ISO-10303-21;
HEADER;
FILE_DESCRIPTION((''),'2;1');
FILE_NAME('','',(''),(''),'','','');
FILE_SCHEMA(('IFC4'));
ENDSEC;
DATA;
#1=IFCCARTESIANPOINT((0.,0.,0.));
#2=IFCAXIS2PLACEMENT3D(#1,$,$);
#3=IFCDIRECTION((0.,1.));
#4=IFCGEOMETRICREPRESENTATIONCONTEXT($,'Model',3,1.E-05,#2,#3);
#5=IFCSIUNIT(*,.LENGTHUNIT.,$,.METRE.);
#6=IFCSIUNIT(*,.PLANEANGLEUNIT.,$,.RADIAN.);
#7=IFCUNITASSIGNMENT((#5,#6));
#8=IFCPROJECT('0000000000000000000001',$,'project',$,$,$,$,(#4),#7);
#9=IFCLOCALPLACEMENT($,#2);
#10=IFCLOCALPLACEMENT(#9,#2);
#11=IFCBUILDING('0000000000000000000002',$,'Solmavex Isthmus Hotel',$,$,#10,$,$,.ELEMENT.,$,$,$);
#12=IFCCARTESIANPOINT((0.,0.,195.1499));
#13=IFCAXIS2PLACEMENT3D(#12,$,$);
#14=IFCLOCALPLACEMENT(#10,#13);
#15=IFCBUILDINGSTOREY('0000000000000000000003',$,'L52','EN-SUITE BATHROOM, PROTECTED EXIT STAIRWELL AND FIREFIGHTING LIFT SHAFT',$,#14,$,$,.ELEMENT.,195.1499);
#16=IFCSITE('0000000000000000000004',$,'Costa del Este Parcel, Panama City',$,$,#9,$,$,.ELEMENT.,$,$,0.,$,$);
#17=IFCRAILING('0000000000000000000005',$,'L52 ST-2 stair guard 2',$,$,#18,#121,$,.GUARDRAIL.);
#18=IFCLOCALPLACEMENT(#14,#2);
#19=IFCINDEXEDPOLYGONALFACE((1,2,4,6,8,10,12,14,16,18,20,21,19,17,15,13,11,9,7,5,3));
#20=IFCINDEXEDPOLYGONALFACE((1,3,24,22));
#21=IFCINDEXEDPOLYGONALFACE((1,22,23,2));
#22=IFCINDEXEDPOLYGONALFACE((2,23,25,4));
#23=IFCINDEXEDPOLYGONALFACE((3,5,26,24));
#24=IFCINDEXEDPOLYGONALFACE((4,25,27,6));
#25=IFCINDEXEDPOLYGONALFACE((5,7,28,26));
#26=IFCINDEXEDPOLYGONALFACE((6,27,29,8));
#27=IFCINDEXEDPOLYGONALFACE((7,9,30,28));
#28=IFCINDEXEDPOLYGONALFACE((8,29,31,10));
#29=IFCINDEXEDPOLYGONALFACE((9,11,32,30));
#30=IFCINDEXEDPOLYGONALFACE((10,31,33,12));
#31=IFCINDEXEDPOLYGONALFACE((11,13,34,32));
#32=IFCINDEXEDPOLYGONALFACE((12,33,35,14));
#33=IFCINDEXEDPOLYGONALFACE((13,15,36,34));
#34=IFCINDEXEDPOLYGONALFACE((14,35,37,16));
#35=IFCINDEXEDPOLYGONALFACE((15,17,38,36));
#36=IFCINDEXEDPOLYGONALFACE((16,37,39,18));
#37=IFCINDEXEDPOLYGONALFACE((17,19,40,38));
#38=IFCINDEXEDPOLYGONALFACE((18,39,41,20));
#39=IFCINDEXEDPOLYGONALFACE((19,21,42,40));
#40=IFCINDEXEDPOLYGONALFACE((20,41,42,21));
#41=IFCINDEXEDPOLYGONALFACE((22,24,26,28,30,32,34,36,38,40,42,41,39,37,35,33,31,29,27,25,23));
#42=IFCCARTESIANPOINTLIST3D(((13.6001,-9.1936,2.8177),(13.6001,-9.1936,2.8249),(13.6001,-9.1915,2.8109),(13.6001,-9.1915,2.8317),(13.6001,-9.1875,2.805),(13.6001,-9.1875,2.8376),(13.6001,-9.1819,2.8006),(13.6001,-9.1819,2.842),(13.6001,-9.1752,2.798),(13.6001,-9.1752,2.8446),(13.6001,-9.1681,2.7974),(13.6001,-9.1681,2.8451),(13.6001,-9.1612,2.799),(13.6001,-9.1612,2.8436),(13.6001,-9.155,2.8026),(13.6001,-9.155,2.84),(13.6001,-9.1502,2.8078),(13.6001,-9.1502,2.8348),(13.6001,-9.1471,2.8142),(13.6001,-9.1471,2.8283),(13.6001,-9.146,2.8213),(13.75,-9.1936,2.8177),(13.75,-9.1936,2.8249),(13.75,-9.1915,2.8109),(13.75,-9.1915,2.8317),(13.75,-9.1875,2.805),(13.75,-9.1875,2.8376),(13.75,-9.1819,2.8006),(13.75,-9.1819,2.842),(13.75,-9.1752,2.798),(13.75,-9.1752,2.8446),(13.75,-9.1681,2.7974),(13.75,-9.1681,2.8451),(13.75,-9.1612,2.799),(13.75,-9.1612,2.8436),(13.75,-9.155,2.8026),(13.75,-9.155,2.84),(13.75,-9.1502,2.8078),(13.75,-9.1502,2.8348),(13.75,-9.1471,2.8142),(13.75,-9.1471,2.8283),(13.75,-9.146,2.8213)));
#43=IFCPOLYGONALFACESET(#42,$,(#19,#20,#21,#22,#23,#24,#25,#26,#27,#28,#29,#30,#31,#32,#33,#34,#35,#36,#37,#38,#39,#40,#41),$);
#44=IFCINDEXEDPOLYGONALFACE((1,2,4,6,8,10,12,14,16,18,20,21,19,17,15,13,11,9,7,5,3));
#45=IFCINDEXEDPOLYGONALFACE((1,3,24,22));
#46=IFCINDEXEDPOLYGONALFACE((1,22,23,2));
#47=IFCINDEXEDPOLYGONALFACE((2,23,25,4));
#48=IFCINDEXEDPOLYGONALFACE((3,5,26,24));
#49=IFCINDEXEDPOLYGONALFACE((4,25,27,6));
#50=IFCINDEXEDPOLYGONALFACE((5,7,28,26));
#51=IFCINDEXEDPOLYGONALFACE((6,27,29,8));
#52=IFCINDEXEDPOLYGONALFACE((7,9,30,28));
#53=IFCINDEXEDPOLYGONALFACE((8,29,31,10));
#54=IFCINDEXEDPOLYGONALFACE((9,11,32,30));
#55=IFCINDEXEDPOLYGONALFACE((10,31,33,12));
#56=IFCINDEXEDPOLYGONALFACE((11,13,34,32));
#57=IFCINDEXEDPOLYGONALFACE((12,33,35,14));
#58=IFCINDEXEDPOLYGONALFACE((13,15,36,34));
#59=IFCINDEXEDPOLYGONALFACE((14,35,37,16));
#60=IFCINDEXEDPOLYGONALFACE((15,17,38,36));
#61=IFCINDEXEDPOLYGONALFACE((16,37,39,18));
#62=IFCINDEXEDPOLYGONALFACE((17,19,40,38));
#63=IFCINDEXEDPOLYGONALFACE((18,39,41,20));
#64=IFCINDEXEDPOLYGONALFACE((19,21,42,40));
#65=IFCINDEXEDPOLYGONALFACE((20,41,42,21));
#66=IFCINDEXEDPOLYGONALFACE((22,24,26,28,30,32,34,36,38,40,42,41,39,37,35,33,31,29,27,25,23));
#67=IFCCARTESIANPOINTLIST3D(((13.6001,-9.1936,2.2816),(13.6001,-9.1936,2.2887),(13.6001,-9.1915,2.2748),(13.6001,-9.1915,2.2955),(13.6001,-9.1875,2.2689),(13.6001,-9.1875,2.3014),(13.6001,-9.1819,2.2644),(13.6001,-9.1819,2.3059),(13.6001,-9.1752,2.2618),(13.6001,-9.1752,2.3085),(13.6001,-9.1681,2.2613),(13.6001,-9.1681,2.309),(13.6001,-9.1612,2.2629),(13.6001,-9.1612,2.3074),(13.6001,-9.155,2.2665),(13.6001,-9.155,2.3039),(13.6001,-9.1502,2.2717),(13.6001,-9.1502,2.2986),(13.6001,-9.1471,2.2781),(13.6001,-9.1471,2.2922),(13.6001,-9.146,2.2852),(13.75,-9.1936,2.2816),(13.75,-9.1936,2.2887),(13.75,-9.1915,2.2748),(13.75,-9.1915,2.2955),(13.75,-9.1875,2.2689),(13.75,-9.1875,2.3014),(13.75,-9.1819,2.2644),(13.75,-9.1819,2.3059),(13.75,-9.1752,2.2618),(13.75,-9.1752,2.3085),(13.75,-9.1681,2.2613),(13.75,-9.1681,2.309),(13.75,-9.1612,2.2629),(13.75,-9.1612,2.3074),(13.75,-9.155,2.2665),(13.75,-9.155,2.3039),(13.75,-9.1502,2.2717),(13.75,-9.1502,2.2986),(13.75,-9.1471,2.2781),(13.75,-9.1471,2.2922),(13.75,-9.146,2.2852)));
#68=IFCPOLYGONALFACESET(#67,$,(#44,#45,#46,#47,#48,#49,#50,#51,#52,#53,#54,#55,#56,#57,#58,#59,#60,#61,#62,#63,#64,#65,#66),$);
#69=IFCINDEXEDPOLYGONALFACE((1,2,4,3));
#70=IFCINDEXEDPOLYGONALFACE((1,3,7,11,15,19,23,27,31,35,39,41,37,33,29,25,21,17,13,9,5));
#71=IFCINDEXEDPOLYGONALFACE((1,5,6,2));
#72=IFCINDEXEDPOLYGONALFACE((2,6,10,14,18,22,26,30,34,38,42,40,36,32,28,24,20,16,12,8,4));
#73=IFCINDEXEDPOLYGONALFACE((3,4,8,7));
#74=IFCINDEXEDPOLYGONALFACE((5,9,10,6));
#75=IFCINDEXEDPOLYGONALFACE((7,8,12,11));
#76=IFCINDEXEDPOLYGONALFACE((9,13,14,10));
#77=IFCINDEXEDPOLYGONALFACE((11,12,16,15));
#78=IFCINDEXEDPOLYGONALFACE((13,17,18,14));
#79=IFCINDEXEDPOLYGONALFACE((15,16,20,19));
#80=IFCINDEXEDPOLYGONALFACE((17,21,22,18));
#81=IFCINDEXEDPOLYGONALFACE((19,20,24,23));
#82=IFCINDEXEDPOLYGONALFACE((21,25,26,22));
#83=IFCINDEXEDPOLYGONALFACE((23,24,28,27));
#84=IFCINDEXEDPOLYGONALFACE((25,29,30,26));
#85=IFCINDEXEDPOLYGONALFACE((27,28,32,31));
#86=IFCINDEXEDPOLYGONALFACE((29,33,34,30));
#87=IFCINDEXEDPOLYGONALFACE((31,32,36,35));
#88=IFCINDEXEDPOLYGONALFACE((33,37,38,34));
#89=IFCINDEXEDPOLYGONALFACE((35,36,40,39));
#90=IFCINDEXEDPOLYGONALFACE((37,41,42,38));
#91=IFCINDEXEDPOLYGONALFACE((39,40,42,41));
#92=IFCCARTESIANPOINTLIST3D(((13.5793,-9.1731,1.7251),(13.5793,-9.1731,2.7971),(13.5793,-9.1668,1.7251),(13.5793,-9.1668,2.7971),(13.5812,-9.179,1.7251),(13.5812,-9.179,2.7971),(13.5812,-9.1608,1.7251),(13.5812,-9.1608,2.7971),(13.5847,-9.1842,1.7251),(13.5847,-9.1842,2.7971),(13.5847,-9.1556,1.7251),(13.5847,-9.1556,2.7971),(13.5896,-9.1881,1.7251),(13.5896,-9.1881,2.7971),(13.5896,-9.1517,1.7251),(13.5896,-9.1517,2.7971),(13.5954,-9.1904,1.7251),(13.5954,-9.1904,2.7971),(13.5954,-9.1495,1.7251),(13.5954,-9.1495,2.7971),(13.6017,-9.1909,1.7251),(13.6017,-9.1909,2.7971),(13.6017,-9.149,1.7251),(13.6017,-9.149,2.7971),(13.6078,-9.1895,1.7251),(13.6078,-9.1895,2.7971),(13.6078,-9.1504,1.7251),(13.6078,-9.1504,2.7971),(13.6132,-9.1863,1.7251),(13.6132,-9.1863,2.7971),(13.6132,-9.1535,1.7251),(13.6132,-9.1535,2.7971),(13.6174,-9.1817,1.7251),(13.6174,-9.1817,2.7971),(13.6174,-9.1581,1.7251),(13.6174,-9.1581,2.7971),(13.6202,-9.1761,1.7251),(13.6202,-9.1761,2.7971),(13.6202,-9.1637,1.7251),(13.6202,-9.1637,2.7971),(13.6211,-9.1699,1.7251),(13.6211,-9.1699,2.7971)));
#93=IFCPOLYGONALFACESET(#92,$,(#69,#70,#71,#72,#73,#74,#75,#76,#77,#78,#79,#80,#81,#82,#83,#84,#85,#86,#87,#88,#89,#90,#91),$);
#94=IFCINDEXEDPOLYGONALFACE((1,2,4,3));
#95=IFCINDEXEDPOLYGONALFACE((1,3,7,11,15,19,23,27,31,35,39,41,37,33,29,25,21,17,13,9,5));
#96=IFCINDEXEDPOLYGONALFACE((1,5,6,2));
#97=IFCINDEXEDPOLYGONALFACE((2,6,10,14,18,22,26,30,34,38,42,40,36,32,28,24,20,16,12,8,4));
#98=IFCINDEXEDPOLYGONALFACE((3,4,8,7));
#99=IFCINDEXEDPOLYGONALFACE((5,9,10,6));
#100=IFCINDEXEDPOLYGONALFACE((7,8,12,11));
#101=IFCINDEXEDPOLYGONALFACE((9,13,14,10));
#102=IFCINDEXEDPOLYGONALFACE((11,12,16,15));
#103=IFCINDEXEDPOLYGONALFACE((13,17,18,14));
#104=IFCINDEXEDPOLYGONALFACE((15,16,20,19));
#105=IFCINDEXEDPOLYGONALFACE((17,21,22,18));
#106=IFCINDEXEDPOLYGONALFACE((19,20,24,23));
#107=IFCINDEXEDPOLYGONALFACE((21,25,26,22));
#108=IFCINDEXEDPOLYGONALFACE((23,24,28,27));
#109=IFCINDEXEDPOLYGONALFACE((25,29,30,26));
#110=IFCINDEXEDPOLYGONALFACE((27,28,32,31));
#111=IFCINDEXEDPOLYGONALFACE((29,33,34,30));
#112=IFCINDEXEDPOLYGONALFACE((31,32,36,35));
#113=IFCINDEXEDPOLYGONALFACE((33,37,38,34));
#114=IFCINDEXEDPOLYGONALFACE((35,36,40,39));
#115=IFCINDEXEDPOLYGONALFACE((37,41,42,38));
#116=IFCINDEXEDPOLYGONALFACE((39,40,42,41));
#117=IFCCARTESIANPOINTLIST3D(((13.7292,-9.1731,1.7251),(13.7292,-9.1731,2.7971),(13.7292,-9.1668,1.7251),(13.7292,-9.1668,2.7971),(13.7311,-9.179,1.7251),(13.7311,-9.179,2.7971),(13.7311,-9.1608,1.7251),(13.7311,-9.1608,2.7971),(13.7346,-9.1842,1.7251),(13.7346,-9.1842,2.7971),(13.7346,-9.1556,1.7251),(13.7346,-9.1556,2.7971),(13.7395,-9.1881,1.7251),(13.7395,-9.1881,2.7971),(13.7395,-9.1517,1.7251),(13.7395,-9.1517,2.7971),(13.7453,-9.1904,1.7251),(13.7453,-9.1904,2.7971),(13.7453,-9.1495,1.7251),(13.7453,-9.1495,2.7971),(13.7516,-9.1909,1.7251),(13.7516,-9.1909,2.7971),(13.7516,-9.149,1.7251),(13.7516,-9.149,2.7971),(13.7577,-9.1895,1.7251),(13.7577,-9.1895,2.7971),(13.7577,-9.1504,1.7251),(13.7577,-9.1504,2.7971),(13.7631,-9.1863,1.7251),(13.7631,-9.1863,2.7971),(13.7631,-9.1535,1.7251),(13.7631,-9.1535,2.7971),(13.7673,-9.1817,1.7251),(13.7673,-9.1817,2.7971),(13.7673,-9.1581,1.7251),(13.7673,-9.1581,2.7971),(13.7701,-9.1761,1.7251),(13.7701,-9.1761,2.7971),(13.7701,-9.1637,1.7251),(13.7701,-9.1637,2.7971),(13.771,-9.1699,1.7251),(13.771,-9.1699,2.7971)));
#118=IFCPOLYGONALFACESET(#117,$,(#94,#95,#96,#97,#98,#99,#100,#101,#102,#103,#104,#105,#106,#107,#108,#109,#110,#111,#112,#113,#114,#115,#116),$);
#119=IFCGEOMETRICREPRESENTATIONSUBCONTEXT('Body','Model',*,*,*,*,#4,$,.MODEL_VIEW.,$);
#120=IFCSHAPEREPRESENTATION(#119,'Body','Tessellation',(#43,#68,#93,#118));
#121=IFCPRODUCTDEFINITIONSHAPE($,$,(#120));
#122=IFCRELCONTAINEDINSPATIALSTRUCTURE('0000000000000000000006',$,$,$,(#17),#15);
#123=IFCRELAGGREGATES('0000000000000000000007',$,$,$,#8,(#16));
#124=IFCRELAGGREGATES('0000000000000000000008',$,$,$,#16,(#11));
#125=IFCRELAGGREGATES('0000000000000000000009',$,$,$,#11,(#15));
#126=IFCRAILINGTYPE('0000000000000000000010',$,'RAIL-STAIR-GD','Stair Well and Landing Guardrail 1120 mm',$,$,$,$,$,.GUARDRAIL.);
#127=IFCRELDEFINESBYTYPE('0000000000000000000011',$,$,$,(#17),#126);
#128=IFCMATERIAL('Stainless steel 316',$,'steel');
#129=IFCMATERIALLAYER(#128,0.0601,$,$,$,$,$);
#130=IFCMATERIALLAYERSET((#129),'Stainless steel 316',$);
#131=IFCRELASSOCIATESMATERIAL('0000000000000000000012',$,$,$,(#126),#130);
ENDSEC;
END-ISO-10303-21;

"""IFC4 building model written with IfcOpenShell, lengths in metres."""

from ifc_helpers import new_model, si_unit, direction, frame, origin, origin_2d, place, context, subcontext, project, spatial, circle, extrude, material, layer, layer_set, type_object, element, save


model = new_model("IFC4")

# Units and contexts
model_context = context("Model", 3, precision=1e-05, world=origin(), true_north=direction((0.0, 1.0)))
body_context = subcontext(model_context, "Body", "Model", "MODEL_VIEW")
ifc_project = project(units=[si_unit("LENGTHUNIT", "METRE"), si_unit("PLANEANGLEUNIT", "RADIAN")], contexts=[model_context])

# Site, building, storey
site_placement = place(None, origin())
site = spatial("IfcSite", under=ifc_project, at=site_placement, Name="Costa del Este Parcel, Panama City", CompositionType="ELEMENT", RefElevation=0.0)
building_placement = place(site_placement, origin())
building = spatial("IfcBuilding", under=site, at=building_placement, Name="Solmavex Isthmus Hotel", CompositionType="ELEMENT")
storey_placement = place(building_placement, frame((0.0, 0.0, 195.1499)))
storey = spatial("IfcBuildingStorey", under=building, at=storey_placement, Name="L52", Description="EN-SUITE BATHROOM, PROTECTED EXIT STAIRWELL AND FIREFIGHTING LIFT SHAFT", CompositionType="ELEMENT", Elevation=195.1499)

# Railing
ifc_material_1 = material(Name="Stainless steel 316", Category="steel")
ifc_layer_1 = layer(ifc_material_1, 0.0601)
ifc_layer_set_1 = layer_set([ifc_layer_1], Name="Stainless steel 316")
railing_type_1 = type_object("IfcRailingType", Name="RAIL-STAIR-GD", Description="Stair Well and Landing Guardrail 1120 mm", PredefinedType="GUARDRAIL", material=ifc_layer_set_1)
railing_1_placement = place(storey_placement, frame((13.6001, -9.1699, 1.7251)))
element("IfcRailing", 1, at=railing_1_placement, inside=storey, type_object=railing_type_1, Name="L52 ST-2 stair guard 2", PredefinedType="GUARDRAIL", context=body_context, shape_type="SweptSolid", body=[
    extrude(circle(Radius=0.0239, at=origin_2d()), frame((0.0, 0.0, 1.0962), z_axis=(1.0, 0.0, 0.0), x_axis=(0.0, 1.0, 0.0)), (0.0, 0.0, 1.0), 0.1499),
    extrude(circle(Radius=0.0239, at=origin_2d()), frame((0.0, 0.0, 0.5601), z_axis=(1.0, 0.0, 0.0), x_axis=(0.0, 1.0, 0.0)), (0.0, 0.0, 1.0), 0.1499),
    extrude(circle(Radius=0.021, at=origin_2d()), origin(), (0.0, 0.0, 1.0), 1.072),
    extrude(circle(Radius=0.021, at=origin_2d()), frame((0.1499, 0.0, 0.0)), (0.0, 0.0, 1.0), 1.072),
])

save(model, "model.ifc")
